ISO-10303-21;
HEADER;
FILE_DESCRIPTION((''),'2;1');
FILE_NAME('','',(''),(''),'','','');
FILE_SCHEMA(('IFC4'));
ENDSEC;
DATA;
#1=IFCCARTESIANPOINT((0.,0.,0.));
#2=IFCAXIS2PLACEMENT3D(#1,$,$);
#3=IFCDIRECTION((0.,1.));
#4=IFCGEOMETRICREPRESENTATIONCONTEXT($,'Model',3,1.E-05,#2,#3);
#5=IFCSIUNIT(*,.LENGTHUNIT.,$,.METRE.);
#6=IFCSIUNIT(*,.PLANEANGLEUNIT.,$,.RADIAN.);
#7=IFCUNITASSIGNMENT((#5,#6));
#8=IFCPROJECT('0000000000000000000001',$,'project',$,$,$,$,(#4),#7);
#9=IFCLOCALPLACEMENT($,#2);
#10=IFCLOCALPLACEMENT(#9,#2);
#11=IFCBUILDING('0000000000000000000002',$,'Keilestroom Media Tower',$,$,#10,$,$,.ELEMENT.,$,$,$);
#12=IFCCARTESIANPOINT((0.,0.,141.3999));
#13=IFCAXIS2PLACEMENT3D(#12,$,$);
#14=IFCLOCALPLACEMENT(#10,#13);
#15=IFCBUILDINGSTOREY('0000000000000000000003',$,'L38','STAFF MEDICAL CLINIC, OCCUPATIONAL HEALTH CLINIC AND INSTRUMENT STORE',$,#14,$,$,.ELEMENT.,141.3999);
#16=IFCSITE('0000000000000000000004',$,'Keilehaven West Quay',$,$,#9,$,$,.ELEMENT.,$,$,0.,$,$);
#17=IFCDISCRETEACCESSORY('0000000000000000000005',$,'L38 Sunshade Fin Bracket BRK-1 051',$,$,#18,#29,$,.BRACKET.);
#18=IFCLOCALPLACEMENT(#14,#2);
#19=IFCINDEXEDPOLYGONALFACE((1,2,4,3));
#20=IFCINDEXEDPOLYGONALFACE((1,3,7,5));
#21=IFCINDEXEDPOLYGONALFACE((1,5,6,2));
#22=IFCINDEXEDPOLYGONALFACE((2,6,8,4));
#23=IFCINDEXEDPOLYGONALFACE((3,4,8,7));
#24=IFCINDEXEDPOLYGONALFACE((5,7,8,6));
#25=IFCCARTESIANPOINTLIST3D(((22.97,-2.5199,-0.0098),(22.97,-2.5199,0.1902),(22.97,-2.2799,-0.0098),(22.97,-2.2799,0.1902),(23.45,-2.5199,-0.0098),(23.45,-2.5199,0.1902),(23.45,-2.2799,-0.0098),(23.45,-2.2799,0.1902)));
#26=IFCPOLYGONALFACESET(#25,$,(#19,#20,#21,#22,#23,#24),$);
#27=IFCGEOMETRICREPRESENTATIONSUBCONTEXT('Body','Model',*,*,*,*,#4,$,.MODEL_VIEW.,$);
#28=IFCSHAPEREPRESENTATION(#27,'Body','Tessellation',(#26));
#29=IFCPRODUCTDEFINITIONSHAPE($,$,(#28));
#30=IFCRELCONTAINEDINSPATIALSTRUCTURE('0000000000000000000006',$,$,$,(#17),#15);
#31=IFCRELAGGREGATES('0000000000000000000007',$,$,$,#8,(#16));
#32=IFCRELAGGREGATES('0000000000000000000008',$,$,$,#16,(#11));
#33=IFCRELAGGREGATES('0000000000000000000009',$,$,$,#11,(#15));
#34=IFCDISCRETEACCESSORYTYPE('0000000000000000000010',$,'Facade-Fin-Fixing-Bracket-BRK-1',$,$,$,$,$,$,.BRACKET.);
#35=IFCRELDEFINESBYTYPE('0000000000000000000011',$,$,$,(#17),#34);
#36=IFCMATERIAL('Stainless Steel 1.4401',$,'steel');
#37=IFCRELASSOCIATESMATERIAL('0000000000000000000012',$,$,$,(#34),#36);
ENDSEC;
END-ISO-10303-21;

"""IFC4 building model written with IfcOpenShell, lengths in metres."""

from ifc_helpers import new_model, si_unit, direction, frame, origin, origin_2d, place, context, subcontext, project, spatial, rectangle, extrude, source, transform, mapped, material, type_object, element, save


model = new_model("IFC4")

# Units and contexts
model_context = context("Model", 3, precision=1e-05, world=origin(), true_north=direction((0.0, 1.0)))
body_context = subcontext(model_context, "Body", "Model", "MODEL_VIEW")
ifc_project = project(units=[si_unit("LENGTHUNIT", "METRE"), si_unit("PLANEANGLEUNIT", "RADIAN")], contexts=[model_context])

# Site, building, storey
site_placement = place(None, origin())
site = spatial("IfcSite", under=ifc_project, at=site_placement, Name="Keilehaven West Quay", CompositionType="ELEMENT", RefElevation=0.0)
building_placement = place(site_placement, origin())
building = spatial("IfcBuilding", under=site, at=building_placement, Name="Keilestroom Media Tower", CompositionType="ELEMENT")
storey_placement = place(building_placement, frame((0.0, 0.0, 141.3999)))
storey = spatial("IfcBuildingStorey", under=building, at=storey_placement, Name="L38", Description="STAFF MEDICAL CLINIC, OCCUPATIONAL HEALTH CLINIC AND INSTRUMENT STORE", CompositionType="ELEMENT", Elevation=141.3999)

# Discrete accessory
ifc_material_1 = material(Name="Stainless Steel 1.4401", Category="steel")
discrete_accessory_type = type_object("IfcDiscreteAccessoryType", Name="Facade-Fin-Fixing-Bracket-BRK-1", PredefinedType="BRACKET", material=ifc_material_1)
shared_shape_1 = source(origin(), body_context, "Body", "SweptSolid", [
    extrude(rectangle(XDim=0.48, YDim=0.24, at=origin_2d()), origin(), (0.0, 0.0, 1.0), 0.2),
])
discrete_accessory_placement = place(storey_placement, frame((23.21, -2.3999, -0.0098), z_axis=(0.0, 0.0, 1.0), x_axis=(1.0, 0.0, 0.0)))
element("IfcDiscreteAccessory", 1, at=discrete_accessory_placement, inside=storey, type_object=discrete_accessory_type, Name="L38 Sunshade Fin Bracket BRK-1 051", PredefinedType="BRACKET", context=body_context, shape_type="MappedRepresentation", body=[
    mapped(shared_shape_1, transform((0.0, 0.0, 0.0), x_axis=(1.0, 0.0, 0.0), y_axis=(0.0, 1.0, 0.0), z_axis=(0.0, 0.0, 1.0), scale=1.0)),
])

save(model, "model.ifc")
